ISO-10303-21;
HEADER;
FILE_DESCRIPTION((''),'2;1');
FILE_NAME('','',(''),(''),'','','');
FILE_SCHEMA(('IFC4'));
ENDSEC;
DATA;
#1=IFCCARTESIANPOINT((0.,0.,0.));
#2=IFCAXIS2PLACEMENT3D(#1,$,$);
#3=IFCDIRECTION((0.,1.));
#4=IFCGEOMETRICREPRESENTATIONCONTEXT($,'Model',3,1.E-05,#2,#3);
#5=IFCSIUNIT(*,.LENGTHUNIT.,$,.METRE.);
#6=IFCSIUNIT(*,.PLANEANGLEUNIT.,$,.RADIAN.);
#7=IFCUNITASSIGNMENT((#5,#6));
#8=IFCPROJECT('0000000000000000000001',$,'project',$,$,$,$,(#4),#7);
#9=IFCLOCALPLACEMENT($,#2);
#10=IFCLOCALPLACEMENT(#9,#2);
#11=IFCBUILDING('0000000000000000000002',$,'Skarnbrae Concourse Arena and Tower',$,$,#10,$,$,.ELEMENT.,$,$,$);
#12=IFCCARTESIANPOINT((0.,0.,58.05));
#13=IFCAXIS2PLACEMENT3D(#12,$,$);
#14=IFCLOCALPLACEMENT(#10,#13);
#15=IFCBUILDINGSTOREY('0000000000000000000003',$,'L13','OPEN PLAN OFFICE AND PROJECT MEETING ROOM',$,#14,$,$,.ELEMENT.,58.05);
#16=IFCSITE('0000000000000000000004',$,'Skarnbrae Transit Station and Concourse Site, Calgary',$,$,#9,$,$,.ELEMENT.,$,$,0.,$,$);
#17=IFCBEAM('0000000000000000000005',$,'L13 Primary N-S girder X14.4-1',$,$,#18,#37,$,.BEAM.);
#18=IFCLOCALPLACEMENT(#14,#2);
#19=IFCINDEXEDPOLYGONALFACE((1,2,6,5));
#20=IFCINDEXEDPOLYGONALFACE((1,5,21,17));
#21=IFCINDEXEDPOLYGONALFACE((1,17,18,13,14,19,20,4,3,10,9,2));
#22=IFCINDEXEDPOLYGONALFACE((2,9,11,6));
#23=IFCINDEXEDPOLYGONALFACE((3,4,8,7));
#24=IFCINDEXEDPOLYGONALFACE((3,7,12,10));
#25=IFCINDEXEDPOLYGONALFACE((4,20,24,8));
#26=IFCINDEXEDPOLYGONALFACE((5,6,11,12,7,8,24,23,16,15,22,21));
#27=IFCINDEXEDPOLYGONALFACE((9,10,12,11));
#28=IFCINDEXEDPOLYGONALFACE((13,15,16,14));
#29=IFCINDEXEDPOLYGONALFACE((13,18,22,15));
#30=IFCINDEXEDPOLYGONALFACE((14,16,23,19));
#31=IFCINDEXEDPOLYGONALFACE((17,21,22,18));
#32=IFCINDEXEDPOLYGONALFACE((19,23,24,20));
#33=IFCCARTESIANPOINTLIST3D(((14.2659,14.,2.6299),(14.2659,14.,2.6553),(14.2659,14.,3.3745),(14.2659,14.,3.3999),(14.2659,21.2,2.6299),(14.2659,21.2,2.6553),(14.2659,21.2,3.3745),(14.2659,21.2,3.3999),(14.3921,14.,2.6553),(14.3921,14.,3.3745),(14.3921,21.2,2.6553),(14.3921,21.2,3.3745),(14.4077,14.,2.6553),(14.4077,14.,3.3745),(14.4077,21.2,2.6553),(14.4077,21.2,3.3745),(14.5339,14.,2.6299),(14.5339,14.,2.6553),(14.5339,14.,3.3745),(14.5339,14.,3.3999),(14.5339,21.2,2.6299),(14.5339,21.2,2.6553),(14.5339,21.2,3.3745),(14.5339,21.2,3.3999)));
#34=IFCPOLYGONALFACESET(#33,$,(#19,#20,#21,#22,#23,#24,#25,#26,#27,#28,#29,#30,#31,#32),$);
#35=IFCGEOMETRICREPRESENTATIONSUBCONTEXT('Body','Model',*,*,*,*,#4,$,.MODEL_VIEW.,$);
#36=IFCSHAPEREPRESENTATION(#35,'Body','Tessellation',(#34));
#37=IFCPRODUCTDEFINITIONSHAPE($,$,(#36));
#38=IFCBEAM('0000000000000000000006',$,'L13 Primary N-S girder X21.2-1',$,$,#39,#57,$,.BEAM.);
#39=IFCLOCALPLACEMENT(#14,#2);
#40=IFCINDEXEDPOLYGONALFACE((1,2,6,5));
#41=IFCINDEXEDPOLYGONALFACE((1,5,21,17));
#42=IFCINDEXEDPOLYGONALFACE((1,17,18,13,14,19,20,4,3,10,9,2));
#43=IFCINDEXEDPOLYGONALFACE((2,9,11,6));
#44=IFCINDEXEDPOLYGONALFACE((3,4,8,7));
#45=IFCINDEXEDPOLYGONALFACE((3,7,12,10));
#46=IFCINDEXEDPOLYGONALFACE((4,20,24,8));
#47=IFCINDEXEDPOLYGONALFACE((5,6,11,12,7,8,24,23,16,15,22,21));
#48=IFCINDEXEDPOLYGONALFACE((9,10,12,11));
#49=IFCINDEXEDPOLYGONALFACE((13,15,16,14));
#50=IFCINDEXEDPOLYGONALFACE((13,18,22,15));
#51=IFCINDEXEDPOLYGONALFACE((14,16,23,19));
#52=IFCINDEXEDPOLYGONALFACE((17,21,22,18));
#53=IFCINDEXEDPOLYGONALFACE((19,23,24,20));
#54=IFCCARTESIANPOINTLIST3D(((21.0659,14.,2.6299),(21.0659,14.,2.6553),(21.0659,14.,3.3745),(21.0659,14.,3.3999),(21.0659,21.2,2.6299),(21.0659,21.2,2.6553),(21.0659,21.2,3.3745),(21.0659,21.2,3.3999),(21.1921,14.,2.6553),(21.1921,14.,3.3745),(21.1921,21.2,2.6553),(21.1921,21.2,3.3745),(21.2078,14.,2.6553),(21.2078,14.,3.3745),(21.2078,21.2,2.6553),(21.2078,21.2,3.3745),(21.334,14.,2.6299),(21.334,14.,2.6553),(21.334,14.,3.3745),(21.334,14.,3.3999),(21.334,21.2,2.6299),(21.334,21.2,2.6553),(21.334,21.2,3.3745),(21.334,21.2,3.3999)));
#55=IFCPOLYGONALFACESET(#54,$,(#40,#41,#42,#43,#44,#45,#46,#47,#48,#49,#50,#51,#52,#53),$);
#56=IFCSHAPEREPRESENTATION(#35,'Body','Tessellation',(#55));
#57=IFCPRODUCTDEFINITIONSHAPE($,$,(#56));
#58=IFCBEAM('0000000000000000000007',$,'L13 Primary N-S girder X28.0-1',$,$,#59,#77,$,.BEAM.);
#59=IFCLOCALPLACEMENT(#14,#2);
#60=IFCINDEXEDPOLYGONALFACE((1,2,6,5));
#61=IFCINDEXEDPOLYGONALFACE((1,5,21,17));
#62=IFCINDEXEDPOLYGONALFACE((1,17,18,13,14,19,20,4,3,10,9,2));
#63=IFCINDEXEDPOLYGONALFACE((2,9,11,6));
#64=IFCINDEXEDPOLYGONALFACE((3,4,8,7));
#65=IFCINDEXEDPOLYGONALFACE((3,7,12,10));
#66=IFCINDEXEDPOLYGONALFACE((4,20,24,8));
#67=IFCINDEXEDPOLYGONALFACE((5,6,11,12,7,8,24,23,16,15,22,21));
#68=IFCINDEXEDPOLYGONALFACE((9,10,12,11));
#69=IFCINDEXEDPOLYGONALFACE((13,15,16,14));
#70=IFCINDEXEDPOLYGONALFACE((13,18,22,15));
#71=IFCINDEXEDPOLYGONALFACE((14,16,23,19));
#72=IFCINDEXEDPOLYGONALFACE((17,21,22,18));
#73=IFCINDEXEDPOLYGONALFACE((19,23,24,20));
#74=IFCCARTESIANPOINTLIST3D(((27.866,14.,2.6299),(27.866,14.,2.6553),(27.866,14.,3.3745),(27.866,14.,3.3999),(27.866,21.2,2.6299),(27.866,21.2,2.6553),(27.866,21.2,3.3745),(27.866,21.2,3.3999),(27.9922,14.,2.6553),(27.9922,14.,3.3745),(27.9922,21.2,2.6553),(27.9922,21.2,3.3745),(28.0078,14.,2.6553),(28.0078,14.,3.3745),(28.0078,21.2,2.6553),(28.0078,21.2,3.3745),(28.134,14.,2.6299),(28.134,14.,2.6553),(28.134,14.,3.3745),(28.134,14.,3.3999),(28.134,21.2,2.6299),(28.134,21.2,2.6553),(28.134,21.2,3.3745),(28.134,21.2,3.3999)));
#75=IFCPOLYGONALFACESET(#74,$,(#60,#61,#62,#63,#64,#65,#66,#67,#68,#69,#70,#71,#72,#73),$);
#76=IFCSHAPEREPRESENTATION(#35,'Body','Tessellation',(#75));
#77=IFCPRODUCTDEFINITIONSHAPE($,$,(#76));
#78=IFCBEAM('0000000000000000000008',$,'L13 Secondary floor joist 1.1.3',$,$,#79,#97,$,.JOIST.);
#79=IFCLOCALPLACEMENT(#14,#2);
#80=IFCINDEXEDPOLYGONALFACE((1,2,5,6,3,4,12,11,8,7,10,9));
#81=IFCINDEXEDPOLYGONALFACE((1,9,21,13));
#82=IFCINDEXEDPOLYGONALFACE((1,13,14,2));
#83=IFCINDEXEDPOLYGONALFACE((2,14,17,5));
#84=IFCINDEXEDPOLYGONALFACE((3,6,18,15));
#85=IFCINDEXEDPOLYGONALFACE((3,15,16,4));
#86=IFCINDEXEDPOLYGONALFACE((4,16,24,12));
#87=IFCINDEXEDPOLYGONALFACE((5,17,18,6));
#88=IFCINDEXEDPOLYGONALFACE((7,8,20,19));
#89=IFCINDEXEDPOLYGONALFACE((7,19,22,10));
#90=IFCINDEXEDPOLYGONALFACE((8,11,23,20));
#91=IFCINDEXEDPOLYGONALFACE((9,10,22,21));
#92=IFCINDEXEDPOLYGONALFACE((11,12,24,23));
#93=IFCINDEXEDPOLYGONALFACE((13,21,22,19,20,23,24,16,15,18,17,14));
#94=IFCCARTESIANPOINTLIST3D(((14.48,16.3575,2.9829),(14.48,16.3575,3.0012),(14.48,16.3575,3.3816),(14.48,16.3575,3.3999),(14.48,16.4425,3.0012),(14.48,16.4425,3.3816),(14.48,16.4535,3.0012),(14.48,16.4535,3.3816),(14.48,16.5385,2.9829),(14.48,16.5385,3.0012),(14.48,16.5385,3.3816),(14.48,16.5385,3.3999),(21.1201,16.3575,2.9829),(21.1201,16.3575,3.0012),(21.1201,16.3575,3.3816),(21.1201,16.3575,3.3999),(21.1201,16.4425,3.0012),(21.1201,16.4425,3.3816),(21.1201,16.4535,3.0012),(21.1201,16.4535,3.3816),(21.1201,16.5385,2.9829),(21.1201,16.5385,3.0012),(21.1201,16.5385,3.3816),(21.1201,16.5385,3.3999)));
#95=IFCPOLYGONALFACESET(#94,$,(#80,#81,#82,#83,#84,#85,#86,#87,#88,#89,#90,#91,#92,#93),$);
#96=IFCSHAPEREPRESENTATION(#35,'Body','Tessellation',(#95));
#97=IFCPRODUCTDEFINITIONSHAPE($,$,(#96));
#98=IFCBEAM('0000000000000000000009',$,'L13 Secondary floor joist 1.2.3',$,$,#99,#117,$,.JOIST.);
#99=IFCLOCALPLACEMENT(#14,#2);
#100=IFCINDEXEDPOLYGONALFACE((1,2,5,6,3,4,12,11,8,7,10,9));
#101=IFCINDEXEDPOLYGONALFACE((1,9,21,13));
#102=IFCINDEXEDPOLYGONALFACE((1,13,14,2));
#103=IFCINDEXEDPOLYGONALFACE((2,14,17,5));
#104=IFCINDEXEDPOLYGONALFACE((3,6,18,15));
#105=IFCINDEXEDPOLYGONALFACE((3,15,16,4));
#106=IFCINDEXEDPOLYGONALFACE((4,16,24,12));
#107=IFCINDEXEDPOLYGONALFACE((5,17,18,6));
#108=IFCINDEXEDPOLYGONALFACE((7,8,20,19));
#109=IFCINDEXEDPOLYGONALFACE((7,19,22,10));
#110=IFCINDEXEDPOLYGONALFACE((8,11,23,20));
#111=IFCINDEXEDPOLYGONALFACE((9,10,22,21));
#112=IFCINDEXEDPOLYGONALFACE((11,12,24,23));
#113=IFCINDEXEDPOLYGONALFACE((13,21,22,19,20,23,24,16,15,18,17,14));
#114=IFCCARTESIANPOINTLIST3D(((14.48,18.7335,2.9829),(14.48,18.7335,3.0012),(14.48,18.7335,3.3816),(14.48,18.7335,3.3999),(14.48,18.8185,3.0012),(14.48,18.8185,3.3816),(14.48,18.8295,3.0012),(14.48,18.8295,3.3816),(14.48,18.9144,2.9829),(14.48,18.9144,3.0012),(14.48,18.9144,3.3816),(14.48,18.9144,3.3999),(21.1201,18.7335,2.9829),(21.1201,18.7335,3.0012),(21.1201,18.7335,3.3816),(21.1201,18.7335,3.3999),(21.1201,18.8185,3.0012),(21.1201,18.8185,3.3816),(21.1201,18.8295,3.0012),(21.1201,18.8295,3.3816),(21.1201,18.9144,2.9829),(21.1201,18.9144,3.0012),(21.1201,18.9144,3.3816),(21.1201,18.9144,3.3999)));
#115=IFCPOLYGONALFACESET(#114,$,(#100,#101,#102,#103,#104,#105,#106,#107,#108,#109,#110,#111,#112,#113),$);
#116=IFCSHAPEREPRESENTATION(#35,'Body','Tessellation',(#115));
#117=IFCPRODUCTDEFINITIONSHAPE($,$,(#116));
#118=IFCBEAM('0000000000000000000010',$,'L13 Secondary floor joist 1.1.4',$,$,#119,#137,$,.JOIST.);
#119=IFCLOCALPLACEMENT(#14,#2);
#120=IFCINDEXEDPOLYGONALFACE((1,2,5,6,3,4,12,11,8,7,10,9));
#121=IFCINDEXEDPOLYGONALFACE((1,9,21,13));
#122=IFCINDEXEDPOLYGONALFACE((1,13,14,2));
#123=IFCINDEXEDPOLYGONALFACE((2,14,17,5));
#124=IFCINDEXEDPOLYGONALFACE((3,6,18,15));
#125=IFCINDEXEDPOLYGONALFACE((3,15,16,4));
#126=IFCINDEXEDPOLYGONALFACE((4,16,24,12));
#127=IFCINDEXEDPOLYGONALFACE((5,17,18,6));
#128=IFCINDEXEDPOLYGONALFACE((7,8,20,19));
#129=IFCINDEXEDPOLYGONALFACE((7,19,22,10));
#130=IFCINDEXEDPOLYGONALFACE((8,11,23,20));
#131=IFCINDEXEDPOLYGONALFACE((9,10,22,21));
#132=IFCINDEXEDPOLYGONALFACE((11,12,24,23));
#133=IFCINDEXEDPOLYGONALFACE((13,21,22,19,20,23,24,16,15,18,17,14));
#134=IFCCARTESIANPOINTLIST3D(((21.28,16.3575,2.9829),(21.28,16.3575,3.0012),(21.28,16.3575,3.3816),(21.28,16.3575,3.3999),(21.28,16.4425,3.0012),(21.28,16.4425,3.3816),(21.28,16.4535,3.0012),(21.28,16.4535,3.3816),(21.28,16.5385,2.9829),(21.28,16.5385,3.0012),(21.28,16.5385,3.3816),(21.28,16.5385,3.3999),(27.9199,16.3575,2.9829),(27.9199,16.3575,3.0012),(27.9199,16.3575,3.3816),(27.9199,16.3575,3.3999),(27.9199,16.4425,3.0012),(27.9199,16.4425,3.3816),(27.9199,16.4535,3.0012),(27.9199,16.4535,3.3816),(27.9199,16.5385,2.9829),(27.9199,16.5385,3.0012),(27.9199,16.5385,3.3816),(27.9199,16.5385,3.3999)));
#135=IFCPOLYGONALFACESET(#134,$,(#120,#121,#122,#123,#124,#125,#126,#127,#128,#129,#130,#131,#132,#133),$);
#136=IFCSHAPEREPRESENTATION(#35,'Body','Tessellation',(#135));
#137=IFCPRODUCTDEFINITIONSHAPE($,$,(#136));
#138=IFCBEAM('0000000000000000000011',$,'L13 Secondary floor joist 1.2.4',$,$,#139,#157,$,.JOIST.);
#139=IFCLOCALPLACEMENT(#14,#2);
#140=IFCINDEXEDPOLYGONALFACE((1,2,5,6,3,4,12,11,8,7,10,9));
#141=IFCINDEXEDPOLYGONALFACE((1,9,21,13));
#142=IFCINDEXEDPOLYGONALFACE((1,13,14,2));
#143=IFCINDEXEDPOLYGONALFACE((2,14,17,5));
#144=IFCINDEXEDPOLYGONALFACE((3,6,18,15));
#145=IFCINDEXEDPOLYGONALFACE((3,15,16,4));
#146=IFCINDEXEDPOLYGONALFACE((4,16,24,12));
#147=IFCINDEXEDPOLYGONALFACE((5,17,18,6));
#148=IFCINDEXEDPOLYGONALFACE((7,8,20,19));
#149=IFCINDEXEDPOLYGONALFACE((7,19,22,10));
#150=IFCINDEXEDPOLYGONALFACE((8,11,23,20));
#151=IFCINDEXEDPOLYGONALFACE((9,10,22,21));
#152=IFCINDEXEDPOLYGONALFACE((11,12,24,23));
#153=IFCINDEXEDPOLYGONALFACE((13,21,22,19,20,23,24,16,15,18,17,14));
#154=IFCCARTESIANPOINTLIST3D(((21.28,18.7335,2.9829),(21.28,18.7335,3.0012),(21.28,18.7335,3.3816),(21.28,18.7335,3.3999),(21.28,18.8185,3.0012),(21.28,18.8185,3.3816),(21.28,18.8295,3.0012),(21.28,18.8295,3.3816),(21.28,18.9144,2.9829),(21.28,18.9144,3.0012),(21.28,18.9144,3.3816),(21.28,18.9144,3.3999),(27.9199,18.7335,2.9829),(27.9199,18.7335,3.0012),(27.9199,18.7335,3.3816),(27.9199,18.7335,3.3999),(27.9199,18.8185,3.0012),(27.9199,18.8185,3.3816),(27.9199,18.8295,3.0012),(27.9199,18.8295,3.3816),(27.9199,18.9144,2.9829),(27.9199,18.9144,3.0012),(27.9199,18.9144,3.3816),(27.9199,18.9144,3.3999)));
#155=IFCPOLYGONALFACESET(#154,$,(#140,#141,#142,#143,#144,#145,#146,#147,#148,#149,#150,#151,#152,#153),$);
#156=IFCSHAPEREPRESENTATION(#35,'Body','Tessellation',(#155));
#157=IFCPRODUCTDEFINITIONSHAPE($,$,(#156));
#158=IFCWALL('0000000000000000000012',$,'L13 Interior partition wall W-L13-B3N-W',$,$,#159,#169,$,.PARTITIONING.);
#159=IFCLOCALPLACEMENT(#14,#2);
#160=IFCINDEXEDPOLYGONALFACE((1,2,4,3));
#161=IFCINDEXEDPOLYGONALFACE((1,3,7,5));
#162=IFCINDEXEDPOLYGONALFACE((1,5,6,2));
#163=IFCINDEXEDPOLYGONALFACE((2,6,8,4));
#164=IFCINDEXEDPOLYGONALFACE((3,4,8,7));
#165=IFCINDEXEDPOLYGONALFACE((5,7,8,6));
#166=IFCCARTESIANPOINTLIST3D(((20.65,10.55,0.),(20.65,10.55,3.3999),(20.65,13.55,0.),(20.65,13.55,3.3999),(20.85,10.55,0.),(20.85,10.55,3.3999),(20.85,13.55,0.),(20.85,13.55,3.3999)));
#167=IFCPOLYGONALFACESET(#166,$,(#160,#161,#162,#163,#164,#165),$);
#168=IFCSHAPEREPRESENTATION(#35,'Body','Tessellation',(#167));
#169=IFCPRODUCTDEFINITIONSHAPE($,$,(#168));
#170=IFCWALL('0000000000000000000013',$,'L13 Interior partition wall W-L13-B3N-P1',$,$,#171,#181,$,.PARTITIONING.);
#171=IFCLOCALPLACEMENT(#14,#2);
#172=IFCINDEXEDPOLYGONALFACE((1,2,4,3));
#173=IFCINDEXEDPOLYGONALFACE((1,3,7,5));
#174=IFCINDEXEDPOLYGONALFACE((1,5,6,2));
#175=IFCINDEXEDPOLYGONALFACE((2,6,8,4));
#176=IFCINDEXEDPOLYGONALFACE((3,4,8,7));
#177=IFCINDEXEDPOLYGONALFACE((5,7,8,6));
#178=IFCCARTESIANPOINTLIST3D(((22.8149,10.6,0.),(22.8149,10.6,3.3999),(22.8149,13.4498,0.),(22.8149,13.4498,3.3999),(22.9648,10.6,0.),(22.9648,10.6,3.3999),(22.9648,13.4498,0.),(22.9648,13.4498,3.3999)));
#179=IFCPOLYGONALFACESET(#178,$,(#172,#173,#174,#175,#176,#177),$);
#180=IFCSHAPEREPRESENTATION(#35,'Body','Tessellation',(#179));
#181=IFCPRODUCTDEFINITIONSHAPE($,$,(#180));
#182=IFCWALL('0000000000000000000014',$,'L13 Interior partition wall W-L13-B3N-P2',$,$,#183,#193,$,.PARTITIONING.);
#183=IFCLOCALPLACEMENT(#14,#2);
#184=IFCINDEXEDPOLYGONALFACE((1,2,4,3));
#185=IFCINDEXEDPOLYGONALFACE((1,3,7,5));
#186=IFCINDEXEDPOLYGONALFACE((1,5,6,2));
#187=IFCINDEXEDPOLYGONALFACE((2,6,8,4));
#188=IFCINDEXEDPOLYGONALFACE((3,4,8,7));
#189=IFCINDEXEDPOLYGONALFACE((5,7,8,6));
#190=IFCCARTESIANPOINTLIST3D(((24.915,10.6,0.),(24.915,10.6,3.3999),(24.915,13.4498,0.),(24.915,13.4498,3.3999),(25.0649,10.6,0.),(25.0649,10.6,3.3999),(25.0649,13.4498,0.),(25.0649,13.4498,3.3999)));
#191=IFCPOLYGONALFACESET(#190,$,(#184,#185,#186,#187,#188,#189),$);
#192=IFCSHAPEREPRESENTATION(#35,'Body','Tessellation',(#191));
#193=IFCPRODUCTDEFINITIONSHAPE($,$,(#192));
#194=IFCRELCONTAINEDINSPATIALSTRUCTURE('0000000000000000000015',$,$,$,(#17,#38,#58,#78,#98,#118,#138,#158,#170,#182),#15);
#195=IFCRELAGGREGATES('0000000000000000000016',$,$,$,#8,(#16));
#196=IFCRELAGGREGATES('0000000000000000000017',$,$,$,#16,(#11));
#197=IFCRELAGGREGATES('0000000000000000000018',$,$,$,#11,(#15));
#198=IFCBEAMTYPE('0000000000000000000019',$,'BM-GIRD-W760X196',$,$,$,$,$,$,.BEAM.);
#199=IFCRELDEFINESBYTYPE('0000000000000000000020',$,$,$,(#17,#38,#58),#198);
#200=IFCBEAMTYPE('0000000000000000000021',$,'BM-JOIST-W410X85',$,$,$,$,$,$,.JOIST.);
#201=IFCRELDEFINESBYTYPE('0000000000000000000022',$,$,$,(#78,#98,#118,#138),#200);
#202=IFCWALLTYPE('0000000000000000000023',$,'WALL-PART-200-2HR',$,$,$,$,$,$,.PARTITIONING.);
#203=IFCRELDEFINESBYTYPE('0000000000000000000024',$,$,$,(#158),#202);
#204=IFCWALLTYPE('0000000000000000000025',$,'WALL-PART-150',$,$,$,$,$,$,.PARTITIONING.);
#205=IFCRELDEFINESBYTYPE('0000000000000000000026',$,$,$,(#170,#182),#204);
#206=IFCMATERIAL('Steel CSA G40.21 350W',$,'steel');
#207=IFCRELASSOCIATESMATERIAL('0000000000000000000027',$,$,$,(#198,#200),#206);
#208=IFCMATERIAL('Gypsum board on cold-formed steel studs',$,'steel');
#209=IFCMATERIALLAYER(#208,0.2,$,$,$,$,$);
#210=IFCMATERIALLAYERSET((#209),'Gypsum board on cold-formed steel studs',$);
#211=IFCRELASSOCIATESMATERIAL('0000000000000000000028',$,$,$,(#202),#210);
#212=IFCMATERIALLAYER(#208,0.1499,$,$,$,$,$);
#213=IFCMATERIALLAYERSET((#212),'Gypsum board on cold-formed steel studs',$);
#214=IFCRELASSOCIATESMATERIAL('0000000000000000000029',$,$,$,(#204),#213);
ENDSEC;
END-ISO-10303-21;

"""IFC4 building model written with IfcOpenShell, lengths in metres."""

from ifc_helpers import new_model, si_unit, direction, frame, frame_2d, origin, origin_2d, place, context, subcontext, project, spatial, rectangle, i_section, extrude, source, transform, mapped, material, layer, layer_set, material_profile, profile_set, type_object, element, save


model = new_model("IFC4")

# Units and contexts
model_context = context("Model", 3, precision=1e-05, world=origin(), true_north=direction((0.0, 1.0)))
body_context = subcontext(model_context, "Body", "Model", "MODEL_VIEW")
ifc_project = project(units=[si_unit("LENGTHUNIT", "METRE"), si_unit("PLANEANGLEUNIT", "RADIAN")], contexts=[model_context])

# Site, building, storey
site_placement = place(None, origin())
site = spatial("IfcSite", under=ifc_project, at=site_placement, Name="Skarnbrae Transit Station and Concourse Site, Calgary", CompositionType="ELEMENT", RefElevation=0.0)
building_placement = place(site_placement, origin())
building = spatial("IfcBuilding", under=site, at=building_placement, Name="Skarnbrae Concourse Arena and Tower", CompositionType="ELEMENT")
storey_placement = place(building_placement, frame((0.0, 0.0, 58.05)))
storey = spatial("IfcBuildingStorey", under=building, at=storey_placement, Name="L13", Description="OPEN PLAN OFFICE AND PROJECT MEETING ROOM", CompositionType="ELEMENT", Elevation=58.05)

# Shared definitions
ifc_material_1 = material(Name="Steel CSA G40.21 350W", Category="steel")

# Beams
ifc_material_profile_1 = material_profile(ifc_material_1, i_section(OverallWidth=0.2681, OverallDepth=0.77, WebThickness=0.0156, FlangeThickness=0.0254, at=origin_2d()), Name="W760X196")
ifc_profile_set_1 = profile_set([ifc_material_profile_1], Name="Steel CSA G40.21 350W")
beam_type_1 = type_object("IfcBeamType", Name="BM-GIRD-W760X196", PredefinedType="BEAM", material=ifc_profile_set_1)
shared_shape_1 = source(origin(), body_context, "Body", "SweptSolid", [
    extrude(i_section(OverallWidth=0.2681, OverallDepth=0.77, WebThickness=0.0156, FlangeThickness=0.0254, at=origin_2d()), origin(), (0.0, 0.0, 1.0), 7.2),
])
for number, where, z_axis, x_axis, name in (
    (1, (14.3999, 14.0, 3.0149), (0.0, 1.0, 0.0), (-1.0, 0.0, 0.0), "L13 Primary N-S girder X14.4-1"),
    (2, (21.2, 14.0, 3.0149), (0.0, 1.0, 0.0), (-1.0, 0.0, 0.0), "L13 Primary N-S girder X21.2-1"),
    (3, (28.0, 14.0, 3.0149), (0.0, 1.0, 0.0), (-1.0, 0.0, 0.0), "L13 Primary N-S girder X28.0-1"),
):
    element("IfcBeam", number, at=place(storey_placement, frame(where, z_axis=z_axis, x_axis=x_axis)), inside=storey, type_object=beam_type_1, Name=name, PredefinedType="BEAM", context=body_context, shape_type="MappedRepresentation", body=[
        mapped(shared_shape_1, transform((0.0, 0.0, 0.0))),
    ])
ifc_material_profile_2 = material_profile(ifc_material_1, i_section(OverallWidth=0.1809, OverallDepth=0.417, WebThickness=0.011, FlangeThickness=0.0183, at=origin_2d()), Name="W410X85")
ifc_profile_set_2 = profile_set([ifc_material_profile_2], Name="Steel CSA G40.21 350W")
beam_type_2 = type_object("IfcBeamType", Name="BM-JOIST-W410X85", PredefinedType="JOIST", material=ifc_profile_set_2)
shared_shape_2 = source(origin(), body_context, "Body", "SweptSolid", [
    extrude(i_section(OverallWidth=0.1809, OverallDepth=0.417, WebThickness=0.011, FlangeThickness=0.0183, at=origin_2d()), origin(), (0.0, 0.0, 1.0), 6.6401),
])
for number, where, z_axis, x_axis, name in (
    (4, (14.48, 16.448, 3.1914), (1.0, 0.0, 0.0), (0.0, 1.0, 0.0), "L13 Secondary floor joist 1.1.3"),
    (5, (14.48, 18.824, 3.1914), (1.0, 0.0, 0.0), (0.0, 1.0, 0.0), "L13 Secondary floor joist 1.2.3"),
):
    element("IfcBeam", number, at=place(storey_placement, frame(where, z_axis=z_axis, x_axis=x_axis)), inside=storey, type_object=beam_type_2, Name=name, PredefinedType="JOIST", context=body_context, shape_type="MappedRepresentation", body=[
        mapped(shared_shape_2, transform((0.0, 0.0, 0.0))),
    ])
shared_shape_3 = source(origin(), body_context, "Body", "SweptSolid", [
    extrude(i_section(OverallWidth=0.1809, OverallDepth=0.417, WebThickness=0.011, FlangeThickness=0.0183, at=origin_2d()), origin(), (0.0, 0.0, 1.0), 6.6399),
])
for number, where, z_axis, x_axis, name in (
    (6, (21.28, 16.448, 3.1914), (1.0, 0.0, 0.0), (0.0, 1.0, 0.0), "L13 Secondary floor joist 1.1.4"),
    (7, (21.28, 18.824, 3.1914), (1.0, 0.0, 0.0), (0.0, 1.0, 0.0), "L13 Secondary floor joist 1.2.4"),
):
    element("IfcBeam", number, at=place(storey_placement, frame(where, z_axis=z_axis, x_axis=x_axis)), inside=storey, type_object=beam_type_2, Name=name, PredefinedType="JOIST", context=body_context, shape_type="MappedRepresentation", body=[
        mapped(shared_shape_3, transform((0.0, 0.0, 0.0))),
    ])

# Walls
ifc_material_2 = material(Name="Gypsum board on cold-formed steel studs", Category="steel")
ifc_layer_1 = layer(ifc_material_2, 0.2)
ifc_layer_set_1 = layer_set([ifc_layer_1], Name="Gypsum board on cold-formed steel studs")
wall_type_1 = type_object("IfcWallType", Name="WALL-PART-200-2HR", PredefinedType="PARTITIONING", material=ifc_layer_set_1)
shared_shape_4 = source(origin(), body_context, "Body", "SweptSolid", [
    extrude(rectangle(XDim=3.0, YDim=0.2, at=frame_2d((1.5, 0.0))), origin(), (0.0, 0.0, 1.0), 3.3999),
])
wall_1_placement = place(storey_placement, frame((20.75, 10.55, 0.0), z_axis=(0.0, 0.0, 1.0), x_axis=(0.0, 1.0, 0.0)))
element("IfcWall", 8, at=wall_1_placement, inside=storey, type_object=wall_type_1, Name="L13 Interior partition wall W-L13-B3N-W", PredefinedType="PARTITIONING", context=body_context, shape_type="MappedRepresentation", body=[
    mapped(shared_shape_4, transform((0.0, 0.0, 0.0))),
])
ifc_layer_2 = layer(ifc_material_2, 0.1499)
ifc_layer_set_2 = layer_set([ifc_layer_2], Name="Gypsum board on cold-formed steel studs")
wall_type_2 = type_object("IfcWallType", Name="WALL-PART-150", PredefinedType="PARTITIONING", material=ifc_layer_set_2)
shared_shape_5 = source(origin(), body_context, "Body", "SweptSolid", [
    extrude(rectangle(XDim=2.8499, YDim=0.1499, at=frame_2d((1.4248, 0.0))), origin(), (0.0, 0.0, 1.0), 3.3999),
])
for number, where, z_axis, x_axis, name in (
    (9, (22.8899, 10.6001, 0.0), (0.0, 0.0, 1.0), (0.0, 1.0, 0.0), "L13 Interior partition wall W-L13-B3N-P1"),
    (10, (24.99, 10.6001, 0.0), (0.0, 0.0, 1.0), (0.0, 1.0, 0.0), "L13 Interior partition wall W-L13-B3N-P2"),
):
    element("IfcWall", number, at=place(storey_placement, frame(where, z_axis=z_axis, x_axis=x_axis)), inside=storey, type_object=wall_type_2, Name=name, PredefinedType="PARTITIONING", context=body_context, shape_type="MappedRepresentation", body=[
        mapped(shared_shape_5, transform((0.0, 0.0, 0.0))),
    ])

save(model, "model.ifc")
